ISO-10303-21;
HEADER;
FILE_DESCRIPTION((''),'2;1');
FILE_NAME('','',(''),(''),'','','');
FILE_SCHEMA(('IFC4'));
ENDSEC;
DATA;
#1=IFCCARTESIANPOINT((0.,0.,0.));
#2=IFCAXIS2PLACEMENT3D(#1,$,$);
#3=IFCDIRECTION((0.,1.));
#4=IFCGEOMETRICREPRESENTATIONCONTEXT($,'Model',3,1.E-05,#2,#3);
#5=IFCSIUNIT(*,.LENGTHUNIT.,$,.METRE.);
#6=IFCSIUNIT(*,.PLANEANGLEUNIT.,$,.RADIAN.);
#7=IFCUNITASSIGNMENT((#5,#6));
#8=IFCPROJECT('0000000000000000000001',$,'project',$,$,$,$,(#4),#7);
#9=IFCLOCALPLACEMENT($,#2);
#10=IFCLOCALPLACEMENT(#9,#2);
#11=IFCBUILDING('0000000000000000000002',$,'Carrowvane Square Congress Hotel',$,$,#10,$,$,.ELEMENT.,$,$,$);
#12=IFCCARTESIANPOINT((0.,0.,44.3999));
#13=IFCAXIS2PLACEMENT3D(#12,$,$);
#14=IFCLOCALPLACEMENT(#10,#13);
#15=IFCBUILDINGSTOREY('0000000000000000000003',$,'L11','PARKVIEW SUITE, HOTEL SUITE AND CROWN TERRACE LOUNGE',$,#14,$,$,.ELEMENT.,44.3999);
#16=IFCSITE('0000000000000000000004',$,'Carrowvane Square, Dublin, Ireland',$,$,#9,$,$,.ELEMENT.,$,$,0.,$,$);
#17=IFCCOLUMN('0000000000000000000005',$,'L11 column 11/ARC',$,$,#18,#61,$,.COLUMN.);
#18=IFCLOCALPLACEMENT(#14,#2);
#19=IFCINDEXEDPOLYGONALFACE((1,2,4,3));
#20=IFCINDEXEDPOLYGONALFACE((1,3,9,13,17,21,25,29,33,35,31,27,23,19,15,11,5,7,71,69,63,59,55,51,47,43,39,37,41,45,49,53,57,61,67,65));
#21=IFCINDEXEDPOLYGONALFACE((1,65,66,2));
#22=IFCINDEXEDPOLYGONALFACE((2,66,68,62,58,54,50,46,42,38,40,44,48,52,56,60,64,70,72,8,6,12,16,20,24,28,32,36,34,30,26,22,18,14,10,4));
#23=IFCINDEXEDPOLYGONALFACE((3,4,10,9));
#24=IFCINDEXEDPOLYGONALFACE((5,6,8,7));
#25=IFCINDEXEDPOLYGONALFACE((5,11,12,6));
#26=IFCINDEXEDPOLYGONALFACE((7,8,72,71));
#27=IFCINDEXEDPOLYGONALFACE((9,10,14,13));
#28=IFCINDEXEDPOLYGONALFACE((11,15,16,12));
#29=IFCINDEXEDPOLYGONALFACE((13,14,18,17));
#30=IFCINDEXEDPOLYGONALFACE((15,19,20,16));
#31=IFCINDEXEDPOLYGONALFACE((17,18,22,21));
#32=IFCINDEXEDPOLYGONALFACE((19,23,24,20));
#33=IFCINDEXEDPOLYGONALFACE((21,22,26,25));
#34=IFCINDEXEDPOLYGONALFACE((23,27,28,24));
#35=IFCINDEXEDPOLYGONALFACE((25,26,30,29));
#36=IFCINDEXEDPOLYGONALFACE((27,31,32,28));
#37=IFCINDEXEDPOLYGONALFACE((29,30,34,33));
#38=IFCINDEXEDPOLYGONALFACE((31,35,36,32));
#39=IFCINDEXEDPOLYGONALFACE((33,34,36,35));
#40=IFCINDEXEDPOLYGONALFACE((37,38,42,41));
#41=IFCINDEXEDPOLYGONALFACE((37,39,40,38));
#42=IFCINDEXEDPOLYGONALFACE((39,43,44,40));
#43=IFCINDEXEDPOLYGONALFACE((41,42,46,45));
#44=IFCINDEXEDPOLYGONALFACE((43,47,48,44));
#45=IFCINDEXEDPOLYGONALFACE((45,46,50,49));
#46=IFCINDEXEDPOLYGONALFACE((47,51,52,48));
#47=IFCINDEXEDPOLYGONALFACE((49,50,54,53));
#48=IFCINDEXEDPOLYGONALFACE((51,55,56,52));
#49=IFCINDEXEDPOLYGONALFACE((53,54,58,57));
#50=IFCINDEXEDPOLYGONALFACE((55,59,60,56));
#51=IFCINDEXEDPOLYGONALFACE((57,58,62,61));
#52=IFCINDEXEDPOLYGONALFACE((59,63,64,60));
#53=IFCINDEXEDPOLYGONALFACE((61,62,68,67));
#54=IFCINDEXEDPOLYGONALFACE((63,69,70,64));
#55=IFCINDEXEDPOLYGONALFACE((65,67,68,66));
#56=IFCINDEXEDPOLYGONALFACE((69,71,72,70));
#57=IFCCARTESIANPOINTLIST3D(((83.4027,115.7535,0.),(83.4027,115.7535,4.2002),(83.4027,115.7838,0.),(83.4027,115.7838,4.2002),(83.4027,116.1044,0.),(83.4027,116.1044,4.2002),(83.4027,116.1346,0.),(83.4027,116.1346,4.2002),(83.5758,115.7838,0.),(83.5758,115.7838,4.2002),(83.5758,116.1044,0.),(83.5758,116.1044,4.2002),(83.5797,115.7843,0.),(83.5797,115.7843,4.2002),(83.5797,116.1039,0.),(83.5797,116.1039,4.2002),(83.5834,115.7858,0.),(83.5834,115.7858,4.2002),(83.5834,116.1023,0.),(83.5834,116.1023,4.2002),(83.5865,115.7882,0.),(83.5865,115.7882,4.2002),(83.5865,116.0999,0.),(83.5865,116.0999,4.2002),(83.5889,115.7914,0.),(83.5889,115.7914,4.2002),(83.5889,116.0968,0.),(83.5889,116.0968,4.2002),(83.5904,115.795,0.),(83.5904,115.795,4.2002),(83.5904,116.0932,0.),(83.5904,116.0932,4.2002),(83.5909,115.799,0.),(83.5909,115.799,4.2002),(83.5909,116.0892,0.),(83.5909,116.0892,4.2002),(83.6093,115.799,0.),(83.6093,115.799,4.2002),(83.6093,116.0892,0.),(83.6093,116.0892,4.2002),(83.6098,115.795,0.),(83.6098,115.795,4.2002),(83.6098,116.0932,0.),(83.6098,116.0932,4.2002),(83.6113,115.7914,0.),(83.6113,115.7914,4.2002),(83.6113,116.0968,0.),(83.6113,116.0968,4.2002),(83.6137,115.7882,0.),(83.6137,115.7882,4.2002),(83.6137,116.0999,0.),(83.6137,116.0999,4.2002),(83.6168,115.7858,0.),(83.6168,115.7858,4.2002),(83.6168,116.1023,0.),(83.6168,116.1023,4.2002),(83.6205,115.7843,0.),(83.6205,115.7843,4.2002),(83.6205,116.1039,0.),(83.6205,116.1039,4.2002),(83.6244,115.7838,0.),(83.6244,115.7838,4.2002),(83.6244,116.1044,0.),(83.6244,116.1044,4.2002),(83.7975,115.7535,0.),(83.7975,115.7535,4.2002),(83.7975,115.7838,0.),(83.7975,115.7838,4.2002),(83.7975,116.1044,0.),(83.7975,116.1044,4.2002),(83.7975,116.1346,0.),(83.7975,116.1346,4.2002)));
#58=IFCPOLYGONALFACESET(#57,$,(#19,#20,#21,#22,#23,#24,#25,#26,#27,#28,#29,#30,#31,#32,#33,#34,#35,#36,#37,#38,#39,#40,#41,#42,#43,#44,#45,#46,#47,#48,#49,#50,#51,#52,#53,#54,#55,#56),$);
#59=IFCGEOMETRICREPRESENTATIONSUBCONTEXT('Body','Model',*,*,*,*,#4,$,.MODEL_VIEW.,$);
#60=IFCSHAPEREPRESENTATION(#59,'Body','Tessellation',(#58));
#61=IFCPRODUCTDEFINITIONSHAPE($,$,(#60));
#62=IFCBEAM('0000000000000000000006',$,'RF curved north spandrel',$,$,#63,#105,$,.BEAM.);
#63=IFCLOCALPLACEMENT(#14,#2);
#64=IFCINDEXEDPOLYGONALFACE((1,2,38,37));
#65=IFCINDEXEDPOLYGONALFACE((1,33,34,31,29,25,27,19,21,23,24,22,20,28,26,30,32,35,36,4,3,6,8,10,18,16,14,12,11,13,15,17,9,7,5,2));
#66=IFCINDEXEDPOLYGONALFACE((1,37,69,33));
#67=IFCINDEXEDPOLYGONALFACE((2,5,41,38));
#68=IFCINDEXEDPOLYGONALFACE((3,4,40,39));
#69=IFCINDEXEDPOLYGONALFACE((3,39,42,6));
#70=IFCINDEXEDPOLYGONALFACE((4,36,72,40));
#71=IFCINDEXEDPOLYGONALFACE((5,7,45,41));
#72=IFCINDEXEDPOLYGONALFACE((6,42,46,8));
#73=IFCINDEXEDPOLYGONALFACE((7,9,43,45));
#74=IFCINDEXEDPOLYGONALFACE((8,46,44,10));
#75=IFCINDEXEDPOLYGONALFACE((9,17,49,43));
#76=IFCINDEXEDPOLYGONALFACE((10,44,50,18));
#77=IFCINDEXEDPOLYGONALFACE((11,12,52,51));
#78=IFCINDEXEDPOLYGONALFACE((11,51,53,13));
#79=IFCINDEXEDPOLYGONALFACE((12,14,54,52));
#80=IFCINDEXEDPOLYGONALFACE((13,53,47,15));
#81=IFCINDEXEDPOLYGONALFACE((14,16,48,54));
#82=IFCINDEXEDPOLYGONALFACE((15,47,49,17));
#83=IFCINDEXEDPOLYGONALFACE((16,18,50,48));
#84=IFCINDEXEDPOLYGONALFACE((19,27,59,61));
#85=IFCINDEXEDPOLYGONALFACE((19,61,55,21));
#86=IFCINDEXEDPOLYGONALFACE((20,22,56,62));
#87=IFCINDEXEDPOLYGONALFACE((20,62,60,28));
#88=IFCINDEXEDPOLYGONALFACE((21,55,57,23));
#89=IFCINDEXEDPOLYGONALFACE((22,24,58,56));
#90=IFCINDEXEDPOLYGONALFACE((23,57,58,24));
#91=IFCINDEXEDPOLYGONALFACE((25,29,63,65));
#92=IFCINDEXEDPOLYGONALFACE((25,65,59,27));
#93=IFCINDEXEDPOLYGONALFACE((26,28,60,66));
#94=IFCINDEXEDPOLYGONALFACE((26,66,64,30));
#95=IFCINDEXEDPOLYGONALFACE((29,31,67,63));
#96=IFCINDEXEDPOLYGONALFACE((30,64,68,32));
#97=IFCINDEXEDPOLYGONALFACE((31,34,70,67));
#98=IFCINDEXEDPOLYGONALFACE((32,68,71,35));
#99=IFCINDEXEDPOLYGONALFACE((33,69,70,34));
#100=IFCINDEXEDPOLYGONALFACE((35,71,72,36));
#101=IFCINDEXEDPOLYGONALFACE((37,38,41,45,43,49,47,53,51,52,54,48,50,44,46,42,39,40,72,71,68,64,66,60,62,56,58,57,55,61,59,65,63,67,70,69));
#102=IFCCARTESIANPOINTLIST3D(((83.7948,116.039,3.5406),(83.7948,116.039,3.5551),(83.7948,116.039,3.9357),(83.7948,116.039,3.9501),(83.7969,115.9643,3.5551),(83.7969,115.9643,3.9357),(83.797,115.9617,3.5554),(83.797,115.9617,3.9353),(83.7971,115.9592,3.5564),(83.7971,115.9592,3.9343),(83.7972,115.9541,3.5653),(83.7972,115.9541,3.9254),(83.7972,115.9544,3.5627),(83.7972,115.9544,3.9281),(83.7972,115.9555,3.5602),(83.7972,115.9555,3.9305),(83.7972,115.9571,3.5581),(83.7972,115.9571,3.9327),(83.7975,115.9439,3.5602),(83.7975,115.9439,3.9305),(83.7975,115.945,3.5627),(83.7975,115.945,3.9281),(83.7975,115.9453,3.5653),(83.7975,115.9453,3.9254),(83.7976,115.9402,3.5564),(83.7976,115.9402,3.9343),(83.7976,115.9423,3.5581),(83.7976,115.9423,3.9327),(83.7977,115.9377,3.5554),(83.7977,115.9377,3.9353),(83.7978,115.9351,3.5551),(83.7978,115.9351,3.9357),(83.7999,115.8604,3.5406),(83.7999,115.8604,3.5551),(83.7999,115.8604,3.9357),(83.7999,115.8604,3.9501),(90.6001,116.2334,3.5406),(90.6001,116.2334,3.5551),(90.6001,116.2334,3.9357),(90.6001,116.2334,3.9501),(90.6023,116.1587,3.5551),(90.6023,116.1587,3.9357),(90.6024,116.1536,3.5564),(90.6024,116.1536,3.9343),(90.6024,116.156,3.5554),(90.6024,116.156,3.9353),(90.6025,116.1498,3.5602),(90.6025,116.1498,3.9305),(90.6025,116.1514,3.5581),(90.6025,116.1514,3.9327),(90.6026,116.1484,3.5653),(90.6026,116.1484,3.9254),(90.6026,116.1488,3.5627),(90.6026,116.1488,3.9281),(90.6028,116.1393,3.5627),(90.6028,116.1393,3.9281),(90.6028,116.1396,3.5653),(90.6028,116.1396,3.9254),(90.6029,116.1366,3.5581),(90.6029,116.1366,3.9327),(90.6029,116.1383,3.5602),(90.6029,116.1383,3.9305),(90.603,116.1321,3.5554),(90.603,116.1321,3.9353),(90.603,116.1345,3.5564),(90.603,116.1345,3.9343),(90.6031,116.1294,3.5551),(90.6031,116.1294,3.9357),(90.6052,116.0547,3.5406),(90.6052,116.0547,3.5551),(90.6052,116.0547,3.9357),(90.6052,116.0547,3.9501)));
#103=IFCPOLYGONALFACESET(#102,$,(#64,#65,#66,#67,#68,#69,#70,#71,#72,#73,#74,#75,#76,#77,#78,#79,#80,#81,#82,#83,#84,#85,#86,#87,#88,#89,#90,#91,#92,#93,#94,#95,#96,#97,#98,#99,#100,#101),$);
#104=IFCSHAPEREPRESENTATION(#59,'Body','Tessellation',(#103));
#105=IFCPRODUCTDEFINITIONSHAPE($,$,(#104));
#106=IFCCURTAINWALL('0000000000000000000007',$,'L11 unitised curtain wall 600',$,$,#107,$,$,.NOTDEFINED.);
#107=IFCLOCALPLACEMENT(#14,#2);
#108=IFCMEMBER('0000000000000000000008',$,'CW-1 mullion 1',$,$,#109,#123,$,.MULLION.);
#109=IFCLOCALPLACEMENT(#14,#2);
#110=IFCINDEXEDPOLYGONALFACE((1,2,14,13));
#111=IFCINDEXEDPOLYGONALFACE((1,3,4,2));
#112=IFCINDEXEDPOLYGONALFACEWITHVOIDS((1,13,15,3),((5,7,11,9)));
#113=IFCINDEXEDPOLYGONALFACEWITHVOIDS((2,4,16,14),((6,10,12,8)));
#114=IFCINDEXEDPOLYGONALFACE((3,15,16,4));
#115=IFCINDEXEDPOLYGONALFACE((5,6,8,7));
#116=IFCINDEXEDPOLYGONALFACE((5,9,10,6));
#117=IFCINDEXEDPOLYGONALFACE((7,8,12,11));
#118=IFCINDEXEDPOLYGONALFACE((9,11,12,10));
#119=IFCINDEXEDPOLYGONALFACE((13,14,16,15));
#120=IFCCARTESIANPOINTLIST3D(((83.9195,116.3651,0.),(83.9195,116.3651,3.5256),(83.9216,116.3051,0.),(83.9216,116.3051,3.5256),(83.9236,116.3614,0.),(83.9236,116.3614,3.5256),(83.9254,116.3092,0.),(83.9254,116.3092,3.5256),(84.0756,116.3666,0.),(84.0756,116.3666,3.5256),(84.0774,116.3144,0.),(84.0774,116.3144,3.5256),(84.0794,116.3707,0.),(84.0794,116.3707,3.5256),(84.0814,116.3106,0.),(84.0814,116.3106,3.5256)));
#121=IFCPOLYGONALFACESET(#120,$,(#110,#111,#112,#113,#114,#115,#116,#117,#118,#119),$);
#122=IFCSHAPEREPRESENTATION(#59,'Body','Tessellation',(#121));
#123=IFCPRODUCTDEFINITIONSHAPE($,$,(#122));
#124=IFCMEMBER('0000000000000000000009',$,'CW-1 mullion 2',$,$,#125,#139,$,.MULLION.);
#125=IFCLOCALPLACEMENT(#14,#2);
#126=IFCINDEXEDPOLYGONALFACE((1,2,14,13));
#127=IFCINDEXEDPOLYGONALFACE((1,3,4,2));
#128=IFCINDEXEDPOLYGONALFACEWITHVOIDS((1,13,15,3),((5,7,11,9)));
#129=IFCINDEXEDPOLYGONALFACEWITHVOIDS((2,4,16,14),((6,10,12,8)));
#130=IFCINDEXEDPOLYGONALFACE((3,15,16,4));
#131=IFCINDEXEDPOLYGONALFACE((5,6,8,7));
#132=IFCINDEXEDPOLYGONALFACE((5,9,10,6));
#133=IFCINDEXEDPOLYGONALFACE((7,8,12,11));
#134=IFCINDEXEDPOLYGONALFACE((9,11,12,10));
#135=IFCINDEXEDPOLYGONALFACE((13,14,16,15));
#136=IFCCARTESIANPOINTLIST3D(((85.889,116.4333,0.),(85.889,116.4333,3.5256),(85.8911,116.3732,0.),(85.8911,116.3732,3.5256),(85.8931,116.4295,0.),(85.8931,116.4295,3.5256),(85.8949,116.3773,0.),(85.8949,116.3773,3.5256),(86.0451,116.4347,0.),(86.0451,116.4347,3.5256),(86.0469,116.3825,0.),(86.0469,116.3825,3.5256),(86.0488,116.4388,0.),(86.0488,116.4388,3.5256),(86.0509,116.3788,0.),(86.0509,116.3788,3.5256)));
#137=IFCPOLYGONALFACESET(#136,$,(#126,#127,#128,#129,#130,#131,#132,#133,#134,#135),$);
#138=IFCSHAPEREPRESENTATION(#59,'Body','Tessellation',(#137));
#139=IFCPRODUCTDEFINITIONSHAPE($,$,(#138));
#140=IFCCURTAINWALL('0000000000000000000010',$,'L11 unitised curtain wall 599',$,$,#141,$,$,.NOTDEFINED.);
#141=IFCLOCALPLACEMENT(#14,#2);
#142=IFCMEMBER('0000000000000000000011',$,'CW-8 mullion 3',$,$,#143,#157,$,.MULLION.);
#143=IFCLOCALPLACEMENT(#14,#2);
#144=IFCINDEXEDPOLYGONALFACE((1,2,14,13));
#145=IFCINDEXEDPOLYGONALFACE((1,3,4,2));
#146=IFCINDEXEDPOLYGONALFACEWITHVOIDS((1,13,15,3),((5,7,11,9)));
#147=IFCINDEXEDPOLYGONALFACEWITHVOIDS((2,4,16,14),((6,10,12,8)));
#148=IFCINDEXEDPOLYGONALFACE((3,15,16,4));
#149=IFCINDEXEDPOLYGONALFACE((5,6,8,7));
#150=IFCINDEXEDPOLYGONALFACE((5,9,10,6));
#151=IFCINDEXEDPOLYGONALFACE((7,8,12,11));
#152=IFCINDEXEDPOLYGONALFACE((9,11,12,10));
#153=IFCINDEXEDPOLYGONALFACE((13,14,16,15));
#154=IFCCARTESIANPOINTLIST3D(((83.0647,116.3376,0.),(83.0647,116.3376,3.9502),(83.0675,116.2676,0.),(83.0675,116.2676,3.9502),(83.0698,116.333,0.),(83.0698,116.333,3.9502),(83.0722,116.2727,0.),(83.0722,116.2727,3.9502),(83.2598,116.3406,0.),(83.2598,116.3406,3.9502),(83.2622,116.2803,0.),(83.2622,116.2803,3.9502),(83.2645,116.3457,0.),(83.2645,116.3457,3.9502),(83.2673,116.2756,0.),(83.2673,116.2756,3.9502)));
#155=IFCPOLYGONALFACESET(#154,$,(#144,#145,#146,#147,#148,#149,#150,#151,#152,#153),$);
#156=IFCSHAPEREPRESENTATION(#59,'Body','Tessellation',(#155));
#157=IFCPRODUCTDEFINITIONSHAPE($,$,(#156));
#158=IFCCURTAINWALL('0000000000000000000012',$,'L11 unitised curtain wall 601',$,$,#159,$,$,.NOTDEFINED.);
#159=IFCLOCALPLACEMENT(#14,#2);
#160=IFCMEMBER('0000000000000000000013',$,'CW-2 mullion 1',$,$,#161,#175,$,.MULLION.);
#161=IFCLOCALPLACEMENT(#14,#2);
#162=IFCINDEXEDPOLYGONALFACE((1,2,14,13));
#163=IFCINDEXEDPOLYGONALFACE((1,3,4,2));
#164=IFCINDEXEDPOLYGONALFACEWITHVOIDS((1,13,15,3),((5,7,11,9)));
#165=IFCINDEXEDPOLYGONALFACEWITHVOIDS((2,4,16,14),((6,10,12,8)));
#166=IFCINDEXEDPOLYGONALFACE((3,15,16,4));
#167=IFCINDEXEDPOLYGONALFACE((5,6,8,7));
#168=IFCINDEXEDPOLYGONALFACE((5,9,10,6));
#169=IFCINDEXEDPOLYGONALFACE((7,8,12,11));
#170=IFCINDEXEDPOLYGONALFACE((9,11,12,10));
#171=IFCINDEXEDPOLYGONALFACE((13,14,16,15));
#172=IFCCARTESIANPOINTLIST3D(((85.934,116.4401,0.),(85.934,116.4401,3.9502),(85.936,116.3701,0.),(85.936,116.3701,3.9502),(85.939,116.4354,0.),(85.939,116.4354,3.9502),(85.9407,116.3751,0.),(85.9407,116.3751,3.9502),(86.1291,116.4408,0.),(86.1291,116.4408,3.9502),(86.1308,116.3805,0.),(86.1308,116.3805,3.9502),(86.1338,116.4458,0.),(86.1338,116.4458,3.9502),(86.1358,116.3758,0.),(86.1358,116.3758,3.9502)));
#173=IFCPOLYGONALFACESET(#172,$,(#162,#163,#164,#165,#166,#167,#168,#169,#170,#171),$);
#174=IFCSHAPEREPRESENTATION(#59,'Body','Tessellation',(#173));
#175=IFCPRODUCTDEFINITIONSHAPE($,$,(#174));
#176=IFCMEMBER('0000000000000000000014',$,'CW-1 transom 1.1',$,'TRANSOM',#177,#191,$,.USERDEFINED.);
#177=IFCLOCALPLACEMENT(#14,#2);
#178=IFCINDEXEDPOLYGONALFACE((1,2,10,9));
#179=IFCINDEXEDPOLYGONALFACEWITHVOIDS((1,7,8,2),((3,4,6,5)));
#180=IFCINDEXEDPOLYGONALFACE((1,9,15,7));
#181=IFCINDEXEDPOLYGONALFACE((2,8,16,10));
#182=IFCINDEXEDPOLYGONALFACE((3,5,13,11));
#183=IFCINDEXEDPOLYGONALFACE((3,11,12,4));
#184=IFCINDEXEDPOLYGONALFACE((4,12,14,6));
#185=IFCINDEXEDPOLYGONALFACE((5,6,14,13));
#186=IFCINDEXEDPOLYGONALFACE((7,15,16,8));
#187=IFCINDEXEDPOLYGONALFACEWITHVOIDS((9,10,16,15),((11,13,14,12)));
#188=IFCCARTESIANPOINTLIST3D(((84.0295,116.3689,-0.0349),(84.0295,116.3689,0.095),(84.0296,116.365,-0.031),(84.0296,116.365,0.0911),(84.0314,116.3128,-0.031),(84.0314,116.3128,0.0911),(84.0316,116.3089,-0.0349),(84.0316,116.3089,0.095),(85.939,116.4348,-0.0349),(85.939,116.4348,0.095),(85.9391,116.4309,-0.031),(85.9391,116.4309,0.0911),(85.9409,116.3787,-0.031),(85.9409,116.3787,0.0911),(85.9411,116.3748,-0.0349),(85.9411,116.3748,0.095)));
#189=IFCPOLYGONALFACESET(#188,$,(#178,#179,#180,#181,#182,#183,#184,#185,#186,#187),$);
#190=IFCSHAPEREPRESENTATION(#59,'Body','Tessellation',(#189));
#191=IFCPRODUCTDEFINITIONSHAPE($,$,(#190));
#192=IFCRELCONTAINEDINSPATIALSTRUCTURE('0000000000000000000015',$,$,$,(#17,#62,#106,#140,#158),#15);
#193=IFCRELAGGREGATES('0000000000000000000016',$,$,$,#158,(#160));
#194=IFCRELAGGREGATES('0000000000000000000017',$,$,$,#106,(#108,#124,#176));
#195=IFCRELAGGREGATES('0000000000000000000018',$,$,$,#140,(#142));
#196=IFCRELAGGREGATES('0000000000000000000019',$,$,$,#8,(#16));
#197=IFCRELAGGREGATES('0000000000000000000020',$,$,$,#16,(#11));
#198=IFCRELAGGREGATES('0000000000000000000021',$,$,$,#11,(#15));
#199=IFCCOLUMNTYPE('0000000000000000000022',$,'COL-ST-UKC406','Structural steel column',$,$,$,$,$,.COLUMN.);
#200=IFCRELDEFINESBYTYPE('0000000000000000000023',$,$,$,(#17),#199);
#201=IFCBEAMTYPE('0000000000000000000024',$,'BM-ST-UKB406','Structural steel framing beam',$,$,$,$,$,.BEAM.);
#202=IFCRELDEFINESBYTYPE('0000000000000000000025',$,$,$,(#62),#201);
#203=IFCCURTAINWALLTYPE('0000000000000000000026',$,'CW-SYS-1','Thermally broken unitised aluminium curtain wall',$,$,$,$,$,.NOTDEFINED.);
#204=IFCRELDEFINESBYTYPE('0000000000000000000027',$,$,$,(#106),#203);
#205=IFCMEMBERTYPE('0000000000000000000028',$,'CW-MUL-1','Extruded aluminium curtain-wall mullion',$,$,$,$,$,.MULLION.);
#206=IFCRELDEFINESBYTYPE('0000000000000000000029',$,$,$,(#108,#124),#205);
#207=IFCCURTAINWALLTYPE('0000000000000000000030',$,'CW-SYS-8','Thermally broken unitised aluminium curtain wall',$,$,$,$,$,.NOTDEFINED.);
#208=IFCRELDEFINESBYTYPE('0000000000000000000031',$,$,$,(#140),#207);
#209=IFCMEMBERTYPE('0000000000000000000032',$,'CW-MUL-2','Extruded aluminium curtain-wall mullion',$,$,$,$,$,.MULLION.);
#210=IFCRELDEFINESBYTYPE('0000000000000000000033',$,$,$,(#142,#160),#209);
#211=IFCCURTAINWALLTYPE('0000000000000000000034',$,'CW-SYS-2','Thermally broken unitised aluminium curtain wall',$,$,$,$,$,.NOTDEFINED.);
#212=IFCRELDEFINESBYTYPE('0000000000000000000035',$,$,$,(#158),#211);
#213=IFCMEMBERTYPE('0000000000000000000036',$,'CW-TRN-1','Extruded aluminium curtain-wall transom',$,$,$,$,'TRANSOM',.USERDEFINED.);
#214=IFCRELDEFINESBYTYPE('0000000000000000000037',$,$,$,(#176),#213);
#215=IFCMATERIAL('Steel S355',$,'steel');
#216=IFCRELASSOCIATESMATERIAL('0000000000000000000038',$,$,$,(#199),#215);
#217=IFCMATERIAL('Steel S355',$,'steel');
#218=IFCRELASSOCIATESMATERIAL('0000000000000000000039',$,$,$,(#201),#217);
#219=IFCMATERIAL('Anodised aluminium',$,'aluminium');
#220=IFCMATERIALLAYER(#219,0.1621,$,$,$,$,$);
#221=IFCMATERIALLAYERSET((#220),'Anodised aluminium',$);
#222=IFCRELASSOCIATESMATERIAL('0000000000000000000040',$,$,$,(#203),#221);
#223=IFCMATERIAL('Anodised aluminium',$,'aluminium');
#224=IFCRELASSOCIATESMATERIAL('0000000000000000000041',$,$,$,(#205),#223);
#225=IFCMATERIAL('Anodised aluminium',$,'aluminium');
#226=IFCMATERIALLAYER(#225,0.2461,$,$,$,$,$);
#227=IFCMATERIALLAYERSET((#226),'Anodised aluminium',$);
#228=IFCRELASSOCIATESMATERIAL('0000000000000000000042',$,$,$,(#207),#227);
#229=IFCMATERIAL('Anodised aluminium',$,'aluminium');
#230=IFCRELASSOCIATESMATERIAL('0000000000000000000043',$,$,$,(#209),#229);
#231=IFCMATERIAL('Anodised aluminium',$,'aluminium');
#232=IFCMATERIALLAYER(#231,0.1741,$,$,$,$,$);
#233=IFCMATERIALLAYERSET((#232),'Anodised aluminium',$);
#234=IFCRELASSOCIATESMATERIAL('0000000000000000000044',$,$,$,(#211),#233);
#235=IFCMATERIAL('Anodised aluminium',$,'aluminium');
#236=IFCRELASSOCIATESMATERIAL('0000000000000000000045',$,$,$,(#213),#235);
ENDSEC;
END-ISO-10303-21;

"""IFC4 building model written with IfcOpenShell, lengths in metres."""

from ifc_helpers import new_model, si_unit, direction, frame, origin, origin_2d, place, context, subcontext, project, spatial, hollow_rectangle, i_section, extrude, material, layer, layer_set, material_profile, profile_set, type_object, element, aggregate, save


model = new_model("IFC4")

# Units and contexts
model_context = context("Model", 3, precision=1e-05, world=origin(), true_north=direction((0.0, 1.0)))
body_context = subcontext(model_context, "Body", "Model", "MODEL_VIEW")
ifc_project = project(units=[si_unit("LENGTHUNIT", "METRE"), si_unit("PLANEANGLEUNIT", "RADIAN")], contexts=[model_context])

# Site, building, storey
site_placement = place(None, origin())
site = spatial("IfcSite", under=ifc_project, at=site_placement, Name="Carrowvane Square, Dublin, Ireland", CompositionType="ELEMENT", RefElevation=0.0)
building_placement = place(site_placement, origin())
building = spatial("IfcBuilding", under=site, at=building_placement, Name="Carrowvane Square Congress Hotel", CompositionType="ELEMENT")
storey_placement = place(building_placement, frame((0.0, 0.0, 44.3999)))
storey = spatial("IfcBuildingStorey", under=building, at=storey_placement, Name="L11", Description="PARKVIEW SUITE, HOTEL SUITE AND CROWN TERRACE LOUNGE", CompositionType="ELEMENT", Elevation=44.3999)

# Column
ifc_material_1 = material(Name="Steel S355", Category="steel")
ifc_material_profile_1 = material_profile(ifc_material_1, i_section(OverallWidth=0.3948, OverallDepth=0.3811, WebThickness=0.0183, FlangeThickness=0.0303, FilletRadius=0.0151, at=origin_2d()), Name="UKC 356x406x235")
ifc_profile_set_1 = profile_set([ifc_material_profile_1], Name="Steel S355")
column_type = type_object("IfcColumnType", Name="COL-ST-UKC406", Description="Structural steel column", PredefinedType="COLUMN", material=ifc_profile_set_1)
column_placement = place(storey_placement, frame((83.6001, 115.9441, 0.0), z_axis=(0.0, 0.0, 1.0), x_axis=(1.0, 0.0, 0.0)))
element("IfcColumn", 1, at=column_placement, inside=storey, type_object=column_type, Name="L11 column 11/ARC", PredefinedType="COLUMN", context=body_context, shape_type="SweptSolid", body=[
    extrude(i_section(OverallWidth=0.3948, OverallDepth=0.3811, WebThickness=0.0183, FlangeThickness=0.0303, FilletRadius=0.0151, at=origin_2d()), origin(), (0.0, 0.0, 1.0), 4.2002),
])

# Beam
ifc_material_2 = material(Name="Steel S355", Category="steel")
ifc_material_profile_2 = material_profile(ifc_material_2, i_section(OverallWidth=0.1787, OverallDepth=0.4094, WebThickness=0.0088, FlangeThickness=0.0144, FilletRadius=0.0103, at=origin_2d()), Name="UKB 406x178x67")
ifc_profile_set_2 = profile_set([ifc_material_profile_2], Name="Steel S355")
beam_type = type_object("IfcBeamType", Name="BM-ST-UKB406", Description="Structural steel framing beam", PredefinedType="BEAM", material=ifc_profile_set_2)
beam_placement = place(storey_placement, frame((83.7974, 115.9497, 3.7454), z_axis=(0.999593, 0.028544, 0.0), x_axis=(-0.028544, 0.999593, 0.0)))
element("IfcBeam", 2, at=beam_placement, inside=storey, type_object=beam_type, Name="RF curved north spandrel", PredefinedType="BEAM", context=body_context, shape_type="SweptSolid", body=[
    extrude(i_section(OverallWidth=0.1787, OverallDepth=0.4094, WebThickness=0.0088, FlangeThickness=0.0144, FilletRadius=0.0103, at=origin_2d()), origin(), (0.0, 0.0, 1.0), 6.8081),
])

# Curtain wall, members
ifc_material_3 = material(Name="Anodised aluminium", Category="aluminium")
ifc_layer_1 = layer(ifc_material_3, 0.1621)
ifc_layer_set_1 = layer_set([ifc_layer_1], Name="Anodised aluminium")
curtain_wall_type_1 = type_object("IfcCurtainWallType", Name="CW-SYS-1", Description="Thermally broken unitised aluminium curtain wall", PredefinedType="NOTDEFINED", material=ifc_layer_set_1)
curtain_wall_1_placement = place(storey_placement, origin())
curtain_wall_1 = element("IfcCurtainWall", 3, at=curtain_wall_1_placement, inside=storey, type_object=curtain_wall_type_1, Name="L11 unitised curtain wall 600", PredefinedType="NOTDEFINED")
ifc_material_4 = material(Name="Anodised aluminium", Category="aluminium")
ifc_material_profile_3 = material_profile(ifc_material_4, hollow_rectangle(XDim=0.0601, YDim=0.1599, WallThickness=0.0039, at=origin_2d()), Name="CW-ML 60x160x4")
ifc_profile_set_3 = profile_set([ifc_material_profile_3], Name="Anodised aluminium")
member_type_1 = type_object("IfcMemberType", Name="CW-MUL-1", Description="Extruded aluminium curtain-wall mullion", PredefinedType="MULLION", material=ifc_profile_set_3)
member_1_placement = place(storey_placement, frame((84.0005, 116.3379, 0.0), z_axis=(0.0, 0.0, 1.0), x_axis=(-0.034527, 0.999404, 0.0)))
member_1 = element("IfcMember", 4, at=member_1_placement, type_object=member_type_1, Name="CW-1 mullion 1", PredefinedType="MULLION", context=body_context, shape_type="SweptSolid", body=[
    extrude(hollow_rectangle(XDim=0.0601, YDim=0.1599, WallThickness=0.0039, at=origin_2d()), origin(), (0.0, 0.0, 1.0), 3.5256),
])
member_2_placement = place(storey_placement, frame((85.97, 116.406, 0.0), z_axis=(0.0, 0.0, 1.0), x_axis=(-0.034527, 0.999404, 0.0)))
member_2 = element("IfcMember", 5, at=member_2_placement, type_object=member_type_1, Name="CW-1 mullion 2", PredefinedType="MULLION", context=body_context, shape_type="SweptSolid", body=[
    extrude(hollow_rectangle(XDim=0.0601, YDim=0.1599, WallThickness=0.0039, at=origin_2d()), origin(), (0.0, 0.0, 1.0), 3.5256),
])

# Curtain walls, members
ifc_material_5 = material(Name="Anodised aluminium", Category="aluminium")
ifc_layer_2 = layer(ifc_material_5, 0.2461)
ifc_layer_set_2 = layer_set([ifc_layer_2], Name="Anodised aluminium")
curtain_wall_type_2 = type_object("IfcCurtainWallType", Name="CW-SYS-8", Description="Thermally broken unitised aluminium curtain wall", PredefinedType="NOTDEFINED", material=ifc_layer_set_2)
curtain_wall_2_placement = place(storey_placement, origin())
curtain_wall_2 = element("IfcCurtainWall", 6, at=curtain_wall_2_placement, inside=storey, type_object=curtain_wall_type_2, Name="L11 unitised curtain wall 599", PredefinedType="NOTDEFINED")
ifc_material_6 = material(Name="Anodised aluminium", Category="aluminium")
ifc_material_profile_4 = material_profile(ifc_material_6, hollow_rectangle(XDim=0.0701, YDim=0.2, WallThickness=0.0049, at=origin_2d()), Name="CW-ML 70x200x5")
ifc_profile_set_4 = profile_set([ifc_material_profile_4], Name="Anodised aluminium")
member_type_2 = type_object("IfcMemberType", Name="CW-MUL-2", Description="Extruded aluminium curtain-wall mullion", PredefinedType="MULLION", material=ifc_profile_set_4)
member_3_placement = place(storey_placement, frame((83.166, 116.3066, 0.0), z_axis=(0.0, 0.0, 1.0), x_axis=(-0.040136, 0.999194, 0.0)))
member_3 = element("IfcMember", 7, at=member_3_placement, type_object=member_type_2, Name="CW-8 mullion 3", PredefinedType="MULLION", context=body_context, shape_type="SweptSolid", body=[
    extrude(hollow_rectangle(XDim=0.0701, YDim=0.2, WallThickness=0.0049, at=origin_2d()), origin(), (0.0, 0.0, 1.0), 3.9502),
])
ifc_material_7 = material(Name="Anodised aluminium", Category="aluminium")
ifc_layer_3 = layer(ifc_material_7, 0.1741)
ifc_layer_set_3 = layer_set([ifc_layer_3], Name="Anodised aluminium")
curtain_wall_type_3 = type_object("IfcCurtainWallType", Name="CW-SYS-2", Description="Thermally broken unitised aluminium curtain wall", PredefinedType="NOTDEFINED", material=ifc_layer_set_3)
curtain_wall_3_placement = place(storey_placement, origin())
curtain_wall_3 = element("IfcCurtainWall", 8, at=curtain_wall_3_placement, inside=storey, type_object=curtain_wall_type_3, Name="L11 unitised curtain wall 601", PredefinedType="NOTDEFINED")
member_4_placement = place(storey_placement, frame((86.0349, 116.408, 0.0), z_axis=(0.0, 0.0, 1.0), x_axis=(-0.028638, 0.99959, 0.0)))
member_4 = element("IfcMember", 9, at=member_4_placement, type_object=member_type_2, Name="CW-2 mullion 1", PredefinedType="MULLION", context=body_context, shape_type="SweptSolid", body=[
    extrude(hollow_rectangle(XDim=0.0701, YDim=0.2, WallThickness=0.0049, at=origin_2d()), origin(), (0.0, 0.0, 1.0), 3.9502),
])

# Member
ifc_material_8 = material(Name="Anodised aluminium", Category="aluminium")
ifc_material_profile_5 = material_profile(ifc_material_8, hollow_rectangle(XDim=0.0601, YDim=0.1299, WallThickness=0.0039, at=origin_2d()), Name="CW-TR 60x130x4")
ifc_profile_set_5 = profile_set([ifc_material_profile_5], Name="Anodised aluminium")
member_type_3 = type_object("IfcMemberType", Name="CW-TRN-1", Description="Extruded aluminium curtain-wall transom", ElementType="TRANSOM", PredefinedType="USERDEFINED", material=ifc_profile_set_5)
member_5_placement = place(storey_placement, frame((84.0305, 116.3389, 0.03), z_axis=(0.999405, 0.034502, 0.0), x_axis=(-0.034502, 0.999405, 0.0)))
member_5 = element("IfcMember", 10, at=member_5_placement, type_object=member_type_3, Name="CW-1 transom 1.1", ObjectType="TRANSOM", PredefinedType="USERDEFINED", context=body_context, shape_type="SweptSolid", body=[
    extrude(hollow_rectangle(XDim=0.0601, YDim=0.1299, WallThickness=0.0039, at=origin_2d()), origin(), (0.0, 0.0, 1.0), 1.9106),
])
aggregate(curtain_wall_3, [member_4])

aggregate(curtain_wall_1, [member_1, member_2, member_5])
aggregate(curtain_wall_2, [member_3])

save(model, "model.ifc")
